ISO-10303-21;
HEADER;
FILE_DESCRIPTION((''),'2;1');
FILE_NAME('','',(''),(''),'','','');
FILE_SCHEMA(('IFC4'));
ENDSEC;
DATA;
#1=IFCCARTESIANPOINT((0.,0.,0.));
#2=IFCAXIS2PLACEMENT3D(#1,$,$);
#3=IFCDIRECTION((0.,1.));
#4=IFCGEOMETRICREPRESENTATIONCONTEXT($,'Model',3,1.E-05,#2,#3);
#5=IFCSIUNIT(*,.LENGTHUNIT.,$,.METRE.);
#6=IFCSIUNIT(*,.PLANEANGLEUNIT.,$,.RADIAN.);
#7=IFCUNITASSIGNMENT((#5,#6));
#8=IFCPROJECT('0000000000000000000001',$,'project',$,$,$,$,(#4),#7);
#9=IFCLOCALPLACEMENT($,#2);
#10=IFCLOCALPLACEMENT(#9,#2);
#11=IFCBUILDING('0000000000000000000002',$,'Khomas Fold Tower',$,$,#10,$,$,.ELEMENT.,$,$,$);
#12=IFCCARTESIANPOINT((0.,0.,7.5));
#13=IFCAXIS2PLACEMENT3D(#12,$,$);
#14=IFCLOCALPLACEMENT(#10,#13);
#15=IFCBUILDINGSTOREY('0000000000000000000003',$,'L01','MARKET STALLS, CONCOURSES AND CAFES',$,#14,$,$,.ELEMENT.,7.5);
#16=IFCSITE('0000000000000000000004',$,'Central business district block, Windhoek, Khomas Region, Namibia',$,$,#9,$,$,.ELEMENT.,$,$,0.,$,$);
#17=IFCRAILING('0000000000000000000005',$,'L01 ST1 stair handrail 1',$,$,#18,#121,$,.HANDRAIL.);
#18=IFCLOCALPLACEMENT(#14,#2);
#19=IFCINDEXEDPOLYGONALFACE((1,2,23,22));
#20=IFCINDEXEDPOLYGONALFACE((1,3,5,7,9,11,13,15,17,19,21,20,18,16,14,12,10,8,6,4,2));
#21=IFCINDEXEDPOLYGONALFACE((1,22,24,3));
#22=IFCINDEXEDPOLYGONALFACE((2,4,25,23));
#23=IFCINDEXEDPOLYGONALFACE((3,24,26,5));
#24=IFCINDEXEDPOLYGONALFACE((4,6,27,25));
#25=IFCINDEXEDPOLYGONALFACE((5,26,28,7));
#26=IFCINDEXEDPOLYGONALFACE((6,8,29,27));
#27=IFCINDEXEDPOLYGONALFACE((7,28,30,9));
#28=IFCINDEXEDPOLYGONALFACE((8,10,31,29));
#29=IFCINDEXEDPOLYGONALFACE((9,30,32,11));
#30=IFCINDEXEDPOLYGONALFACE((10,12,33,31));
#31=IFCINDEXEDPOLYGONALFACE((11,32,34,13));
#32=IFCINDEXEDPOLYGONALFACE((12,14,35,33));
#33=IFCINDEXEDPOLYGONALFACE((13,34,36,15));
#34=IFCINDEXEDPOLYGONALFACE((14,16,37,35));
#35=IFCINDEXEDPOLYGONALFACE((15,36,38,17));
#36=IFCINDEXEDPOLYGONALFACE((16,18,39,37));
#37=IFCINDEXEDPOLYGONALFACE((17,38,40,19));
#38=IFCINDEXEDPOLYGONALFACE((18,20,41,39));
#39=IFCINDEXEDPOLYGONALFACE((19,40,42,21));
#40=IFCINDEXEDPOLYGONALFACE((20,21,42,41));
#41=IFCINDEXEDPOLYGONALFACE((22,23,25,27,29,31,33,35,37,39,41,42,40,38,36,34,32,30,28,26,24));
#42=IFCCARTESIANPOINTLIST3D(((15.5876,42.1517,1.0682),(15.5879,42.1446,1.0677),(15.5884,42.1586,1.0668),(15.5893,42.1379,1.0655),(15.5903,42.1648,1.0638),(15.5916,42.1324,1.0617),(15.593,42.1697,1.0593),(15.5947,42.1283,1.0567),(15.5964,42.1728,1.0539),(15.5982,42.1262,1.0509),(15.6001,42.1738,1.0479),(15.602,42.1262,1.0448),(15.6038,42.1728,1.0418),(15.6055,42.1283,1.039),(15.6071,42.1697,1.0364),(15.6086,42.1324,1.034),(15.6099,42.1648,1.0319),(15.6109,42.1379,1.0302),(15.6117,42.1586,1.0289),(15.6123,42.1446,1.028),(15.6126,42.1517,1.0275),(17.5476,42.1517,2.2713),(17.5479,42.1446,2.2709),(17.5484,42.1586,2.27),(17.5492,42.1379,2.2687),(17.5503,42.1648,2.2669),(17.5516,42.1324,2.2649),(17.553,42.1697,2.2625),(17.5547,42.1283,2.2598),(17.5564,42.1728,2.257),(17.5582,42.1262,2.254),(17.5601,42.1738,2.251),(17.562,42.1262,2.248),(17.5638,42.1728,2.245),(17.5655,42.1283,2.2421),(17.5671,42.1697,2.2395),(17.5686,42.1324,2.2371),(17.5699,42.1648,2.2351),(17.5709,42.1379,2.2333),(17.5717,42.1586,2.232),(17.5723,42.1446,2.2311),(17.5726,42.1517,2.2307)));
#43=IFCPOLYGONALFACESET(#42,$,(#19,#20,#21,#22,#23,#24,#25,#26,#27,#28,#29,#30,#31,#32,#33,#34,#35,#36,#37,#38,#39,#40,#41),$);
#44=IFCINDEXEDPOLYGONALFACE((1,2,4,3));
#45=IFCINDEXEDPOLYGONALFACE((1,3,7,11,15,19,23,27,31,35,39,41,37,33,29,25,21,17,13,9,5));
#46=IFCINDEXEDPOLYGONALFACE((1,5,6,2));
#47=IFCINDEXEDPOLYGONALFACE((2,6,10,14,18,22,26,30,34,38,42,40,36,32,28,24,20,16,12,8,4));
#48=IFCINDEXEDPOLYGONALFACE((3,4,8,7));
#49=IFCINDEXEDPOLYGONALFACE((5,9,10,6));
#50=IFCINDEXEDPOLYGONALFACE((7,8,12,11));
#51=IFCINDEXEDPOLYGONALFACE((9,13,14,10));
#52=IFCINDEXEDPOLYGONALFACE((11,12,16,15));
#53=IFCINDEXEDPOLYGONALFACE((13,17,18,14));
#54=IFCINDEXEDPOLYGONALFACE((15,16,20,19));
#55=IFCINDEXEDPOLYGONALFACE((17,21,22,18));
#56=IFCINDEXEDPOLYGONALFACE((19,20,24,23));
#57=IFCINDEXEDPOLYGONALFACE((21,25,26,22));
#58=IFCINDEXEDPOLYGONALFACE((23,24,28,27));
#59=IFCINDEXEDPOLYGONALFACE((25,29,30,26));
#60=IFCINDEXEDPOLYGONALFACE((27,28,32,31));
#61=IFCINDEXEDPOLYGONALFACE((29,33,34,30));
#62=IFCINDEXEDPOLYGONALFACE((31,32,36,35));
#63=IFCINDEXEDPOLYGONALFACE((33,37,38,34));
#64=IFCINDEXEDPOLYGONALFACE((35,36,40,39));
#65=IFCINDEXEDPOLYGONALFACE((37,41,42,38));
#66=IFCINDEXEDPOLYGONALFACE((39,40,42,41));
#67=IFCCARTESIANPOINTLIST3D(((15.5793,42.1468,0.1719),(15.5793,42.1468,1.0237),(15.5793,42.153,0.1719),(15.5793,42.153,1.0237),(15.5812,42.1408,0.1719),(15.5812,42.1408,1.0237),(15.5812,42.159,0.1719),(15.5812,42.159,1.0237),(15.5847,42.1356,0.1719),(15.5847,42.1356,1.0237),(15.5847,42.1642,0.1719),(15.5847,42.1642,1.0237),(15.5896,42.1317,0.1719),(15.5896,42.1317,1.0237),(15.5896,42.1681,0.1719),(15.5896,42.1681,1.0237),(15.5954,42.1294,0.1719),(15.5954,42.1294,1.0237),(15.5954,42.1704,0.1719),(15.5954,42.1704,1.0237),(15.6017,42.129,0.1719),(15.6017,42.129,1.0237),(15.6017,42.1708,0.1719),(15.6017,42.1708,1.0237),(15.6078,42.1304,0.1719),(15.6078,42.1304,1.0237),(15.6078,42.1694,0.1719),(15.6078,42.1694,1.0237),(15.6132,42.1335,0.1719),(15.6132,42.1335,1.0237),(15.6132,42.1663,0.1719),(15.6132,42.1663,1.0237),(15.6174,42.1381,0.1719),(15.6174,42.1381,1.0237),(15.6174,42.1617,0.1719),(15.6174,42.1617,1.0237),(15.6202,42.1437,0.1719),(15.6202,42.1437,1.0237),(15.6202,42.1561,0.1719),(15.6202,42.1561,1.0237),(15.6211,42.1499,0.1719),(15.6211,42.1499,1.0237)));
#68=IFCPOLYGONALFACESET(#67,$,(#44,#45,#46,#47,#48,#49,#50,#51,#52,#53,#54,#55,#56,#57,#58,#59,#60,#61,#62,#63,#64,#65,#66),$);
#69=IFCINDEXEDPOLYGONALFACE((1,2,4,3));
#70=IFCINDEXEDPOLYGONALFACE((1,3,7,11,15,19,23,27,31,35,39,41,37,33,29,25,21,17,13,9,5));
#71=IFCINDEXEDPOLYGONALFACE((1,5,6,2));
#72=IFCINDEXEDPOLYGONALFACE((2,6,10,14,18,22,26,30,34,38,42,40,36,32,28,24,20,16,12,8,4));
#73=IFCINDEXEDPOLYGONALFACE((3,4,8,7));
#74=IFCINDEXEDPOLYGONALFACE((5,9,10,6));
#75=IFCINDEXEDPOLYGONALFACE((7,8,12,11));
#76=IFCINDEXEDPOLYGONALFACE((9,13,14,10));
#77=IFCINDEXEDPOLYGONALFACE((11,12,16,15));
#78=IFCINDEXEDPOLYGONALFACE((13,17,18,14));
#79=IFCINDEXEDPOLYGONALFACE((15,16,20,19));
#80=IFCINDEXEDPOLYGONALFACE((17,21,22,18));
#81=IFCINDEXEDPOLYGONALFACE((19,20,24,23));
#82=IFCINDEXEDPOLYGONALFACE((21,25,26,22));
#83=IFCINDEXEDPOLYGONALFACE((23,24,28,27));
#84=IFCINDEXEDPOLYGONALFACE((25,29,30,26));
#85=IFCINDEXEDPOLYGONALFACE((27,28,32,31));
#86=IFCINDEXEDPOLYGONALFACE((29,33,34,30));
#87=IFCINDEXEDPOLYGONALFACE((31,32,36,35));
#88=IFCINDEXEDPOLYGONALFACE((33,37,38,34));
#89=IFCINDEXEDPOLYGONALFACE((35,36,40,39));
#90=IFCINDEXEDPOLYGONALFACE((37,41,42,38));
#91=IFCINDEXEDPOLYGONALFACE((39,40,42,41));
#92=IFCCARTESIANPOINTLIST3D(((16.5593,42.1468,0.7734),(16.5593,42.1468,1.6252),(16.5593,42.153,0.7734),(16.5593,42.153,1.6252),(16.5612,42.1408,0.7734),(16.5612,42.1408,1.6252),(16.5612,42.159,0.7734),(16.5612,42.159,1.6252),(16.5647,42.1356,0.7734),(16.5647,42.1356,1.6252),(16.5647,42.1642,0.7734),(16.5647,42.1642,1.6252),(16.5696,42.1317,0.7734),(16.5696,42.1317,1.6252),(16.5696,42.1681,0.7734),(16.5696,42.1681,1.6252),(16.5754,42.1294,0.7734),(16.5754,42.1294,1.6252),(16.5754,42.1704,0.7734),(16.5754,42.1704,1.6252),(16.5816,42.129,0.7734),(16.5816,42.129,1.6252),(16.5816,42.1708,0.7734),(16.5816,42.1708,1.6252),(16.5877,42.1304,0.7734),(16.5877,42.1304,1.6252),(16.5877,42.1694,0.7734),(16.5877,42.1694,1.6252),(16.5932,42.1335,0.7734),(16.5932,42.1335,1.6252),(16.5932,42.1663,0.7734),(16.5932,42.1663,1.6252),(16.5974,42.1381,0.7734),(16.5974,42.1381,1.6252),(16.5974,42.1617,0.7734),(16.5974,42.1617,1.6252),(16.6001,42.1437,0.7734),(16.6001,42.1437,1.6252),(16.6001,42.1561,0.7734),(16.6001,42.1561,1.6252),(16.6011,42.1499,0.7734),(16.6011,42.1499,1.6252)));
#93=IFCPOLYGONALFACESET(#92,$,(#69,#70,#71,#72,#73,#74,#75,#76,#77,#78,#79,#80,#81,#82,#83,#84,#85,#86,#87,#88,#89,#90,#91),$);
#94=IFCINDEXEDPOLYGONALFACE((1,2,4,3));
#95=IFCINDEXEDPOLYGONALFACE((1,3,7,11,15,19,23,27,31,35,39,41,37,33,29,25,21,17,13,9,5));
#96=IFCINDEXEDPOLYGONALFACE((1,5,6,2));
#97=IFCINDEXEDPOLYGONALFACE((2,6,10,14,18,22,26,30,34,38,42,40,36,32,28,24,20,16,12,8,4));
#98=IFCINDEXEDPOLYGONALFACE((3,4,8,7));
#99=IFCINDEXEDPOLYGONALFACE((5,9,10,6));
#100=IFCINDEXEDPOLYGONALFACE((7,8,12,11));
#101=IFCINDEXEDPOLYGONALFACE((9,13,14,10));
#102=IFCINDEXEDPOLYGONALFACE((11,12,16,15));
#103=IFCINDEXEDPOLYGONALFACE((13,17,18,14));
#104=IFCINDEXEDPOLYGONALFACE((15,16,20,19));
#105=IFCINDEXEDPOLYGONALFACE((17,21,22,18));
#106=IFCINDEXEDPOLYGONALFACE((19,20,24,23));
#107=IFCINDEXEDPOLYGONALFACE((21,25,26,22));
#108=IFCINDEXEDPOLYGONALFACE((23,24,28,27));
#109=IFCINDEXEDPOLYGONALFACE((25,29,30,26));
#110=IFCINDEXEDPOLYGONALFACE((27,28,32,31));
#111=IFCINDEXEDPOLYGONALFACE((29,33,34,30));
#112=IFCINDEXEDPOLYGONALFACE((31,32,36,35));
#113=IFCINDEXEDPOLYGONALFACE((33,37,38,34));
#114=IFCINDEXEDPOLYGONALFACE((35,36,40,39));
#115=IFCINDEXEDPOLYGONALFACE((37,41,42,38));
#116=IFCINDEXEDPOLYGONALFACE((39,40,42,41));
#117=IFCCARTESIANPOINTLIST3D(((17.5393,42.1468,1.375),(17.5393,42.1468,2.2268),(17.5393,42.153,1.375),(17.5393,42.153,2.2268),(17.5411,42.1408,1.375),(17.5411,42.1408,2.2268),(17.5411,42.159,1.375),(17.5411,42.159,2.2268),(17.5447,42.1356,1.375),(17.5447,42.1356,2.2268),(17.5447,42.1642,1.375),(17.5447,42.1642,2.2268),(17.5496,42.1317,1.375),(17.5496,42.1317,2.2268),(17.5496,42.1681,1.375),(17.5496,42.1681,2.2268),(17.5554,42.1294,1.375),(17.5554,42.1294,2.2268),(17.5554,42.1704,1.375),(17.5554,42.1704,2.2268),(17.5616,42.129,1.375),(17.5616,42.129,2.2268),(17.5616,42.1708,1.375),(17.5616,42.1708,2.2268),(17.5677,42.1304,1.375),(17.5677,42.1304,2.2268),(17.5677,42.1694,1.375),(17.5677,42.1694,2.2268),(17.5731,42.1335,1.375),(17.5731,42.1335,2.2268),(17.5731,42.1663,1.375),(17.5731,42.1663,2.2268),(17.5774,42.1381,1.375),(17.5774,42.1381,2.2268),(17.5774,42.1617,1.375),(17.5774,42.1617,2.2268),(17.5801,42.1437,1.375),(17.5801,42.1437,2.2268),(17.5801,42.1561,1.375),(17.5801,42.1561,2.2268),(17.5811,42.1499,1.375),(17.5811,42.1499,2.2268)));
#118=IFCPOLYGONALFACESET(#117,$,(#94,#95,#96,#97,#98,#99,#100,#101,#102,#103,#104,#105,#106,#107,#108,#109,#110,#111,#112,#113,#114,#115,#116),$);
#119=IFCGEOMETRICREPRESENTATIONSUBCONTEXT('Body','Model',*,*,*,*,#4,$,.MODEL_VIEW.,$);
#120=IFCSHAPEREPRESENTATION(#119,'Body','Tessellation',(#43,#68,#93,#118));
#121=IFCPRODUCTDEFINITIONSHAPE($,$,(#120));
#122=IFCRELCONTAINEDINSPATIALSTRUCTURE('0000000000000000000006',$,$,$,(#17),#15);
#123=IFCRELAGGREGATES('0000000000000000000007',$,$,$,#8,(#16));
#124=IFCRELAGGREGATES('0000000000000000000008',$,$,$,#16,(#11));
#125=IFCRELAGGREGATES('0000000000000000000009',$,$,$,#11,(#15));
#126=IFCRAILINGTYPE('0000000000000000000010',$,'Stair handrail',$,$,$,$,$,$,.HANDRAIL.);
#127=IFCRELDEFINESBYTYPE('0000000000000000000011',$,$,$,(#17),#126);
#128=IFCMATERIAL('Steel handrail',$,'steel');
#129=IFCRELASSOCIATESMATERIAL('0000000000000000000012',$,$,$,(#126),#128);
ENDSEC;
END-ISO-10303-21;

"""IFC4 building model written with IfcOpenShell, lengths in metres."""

from ifc_helpers import new_model, si_unit, direction, frame, origin, origin_2d, place, context, subcontext, project, spatial, circle, extrude, source, transform, mapped, material, type_object, element, save


model = new_model("IFC4")

# Units and contexts
model_context = context("Model", 3, precision=1e-05, world=origin(), true_north=direction((0.0, 1.0)))
body_context = subcontext(model_context, "Body", "Model", "MODEL_VIEW")
ifc_project = project(units=[si_unit("LENGTHUNIT", "METRE"), si_unit("PLANEANGLEUNIT", "RADIAN")], contexts=[model_context])

# Site, building, storey
site_placement = place(None, origin())
site = spatial("IfcSite", under=ifc_project, at=site_placement, Name="Central business district block, Windhoek, Khomas Region, Namibia", CompositionType="ELEMENT", RefElevation=0.0)
building_placement = place(site_placement, origin())
building = spatial("IfcBuilding", under=site, at=building_placement, Name="Khomas Fold Tower", CompositionType="ELEMENT")
storey_placement = place(building_placement, frame((0.0, 0.0, 7.5)))
storey = spatial("IfcBuildingStorey", under=building, at=storey_placement, Name="L01", Description="MARKET STALLS, CONCOURSES AND CAFES", CompositionType="ELEMENT", Elevation=7.5)

# Railing
ifc_material_1 = material(Name="Steel handrail", Category="steel")
railing_type_1 = type_object("IfcRailingType", Name="Stair handrail", PredefinedType="HANDRAIL", material=ifc_material_1)
shared_shape_1 = source(origin(), body_context, "Body", "SweptSolid", [
    extrude(circle(Radius=0.0239, at=origin_2d()), frame((0.0, 0.0, 0.876), z_axis=(0.852241, 0.0, 0.523149), x_axis=(0.0, 1.0, 0.0)), (0.0, 0.0, 1.0), 2.2998),
    extrude(circle(Radius=0.021, at=origin_2d()), origin(), (0.0, 0.0, 1.0), 0.8518),
    extrude(circle(Radius=0.021, at=origin_2d()), frame((0.98, 0.0, 0.6016)), (0.0, 0.0, 1.0), 0.8518),
    extrude(circle(Radius=0.021, at=origin_2d()), frame((1.96, 0.0, 1.2031)), (0.0, 0.0, 1.0), 0.8518),
])
for number, where, name in (
    (1, (15.6001, 42.1499, 0.1719), "L01 ST1 stair handrail 1"),
):
    element("IfcRailing", number, at=place(storey_placement, frame(where)), inside=storey, type_object=railing_type_1, Name=name, PredefinedType="HANDRAIL", context=body_context, shape_type="MappedRepresentation", body=[
        mapped(shared_shape_1, transform((0.0, 0.0, 0.0))),
    ])

save(model, "model.ifc")
